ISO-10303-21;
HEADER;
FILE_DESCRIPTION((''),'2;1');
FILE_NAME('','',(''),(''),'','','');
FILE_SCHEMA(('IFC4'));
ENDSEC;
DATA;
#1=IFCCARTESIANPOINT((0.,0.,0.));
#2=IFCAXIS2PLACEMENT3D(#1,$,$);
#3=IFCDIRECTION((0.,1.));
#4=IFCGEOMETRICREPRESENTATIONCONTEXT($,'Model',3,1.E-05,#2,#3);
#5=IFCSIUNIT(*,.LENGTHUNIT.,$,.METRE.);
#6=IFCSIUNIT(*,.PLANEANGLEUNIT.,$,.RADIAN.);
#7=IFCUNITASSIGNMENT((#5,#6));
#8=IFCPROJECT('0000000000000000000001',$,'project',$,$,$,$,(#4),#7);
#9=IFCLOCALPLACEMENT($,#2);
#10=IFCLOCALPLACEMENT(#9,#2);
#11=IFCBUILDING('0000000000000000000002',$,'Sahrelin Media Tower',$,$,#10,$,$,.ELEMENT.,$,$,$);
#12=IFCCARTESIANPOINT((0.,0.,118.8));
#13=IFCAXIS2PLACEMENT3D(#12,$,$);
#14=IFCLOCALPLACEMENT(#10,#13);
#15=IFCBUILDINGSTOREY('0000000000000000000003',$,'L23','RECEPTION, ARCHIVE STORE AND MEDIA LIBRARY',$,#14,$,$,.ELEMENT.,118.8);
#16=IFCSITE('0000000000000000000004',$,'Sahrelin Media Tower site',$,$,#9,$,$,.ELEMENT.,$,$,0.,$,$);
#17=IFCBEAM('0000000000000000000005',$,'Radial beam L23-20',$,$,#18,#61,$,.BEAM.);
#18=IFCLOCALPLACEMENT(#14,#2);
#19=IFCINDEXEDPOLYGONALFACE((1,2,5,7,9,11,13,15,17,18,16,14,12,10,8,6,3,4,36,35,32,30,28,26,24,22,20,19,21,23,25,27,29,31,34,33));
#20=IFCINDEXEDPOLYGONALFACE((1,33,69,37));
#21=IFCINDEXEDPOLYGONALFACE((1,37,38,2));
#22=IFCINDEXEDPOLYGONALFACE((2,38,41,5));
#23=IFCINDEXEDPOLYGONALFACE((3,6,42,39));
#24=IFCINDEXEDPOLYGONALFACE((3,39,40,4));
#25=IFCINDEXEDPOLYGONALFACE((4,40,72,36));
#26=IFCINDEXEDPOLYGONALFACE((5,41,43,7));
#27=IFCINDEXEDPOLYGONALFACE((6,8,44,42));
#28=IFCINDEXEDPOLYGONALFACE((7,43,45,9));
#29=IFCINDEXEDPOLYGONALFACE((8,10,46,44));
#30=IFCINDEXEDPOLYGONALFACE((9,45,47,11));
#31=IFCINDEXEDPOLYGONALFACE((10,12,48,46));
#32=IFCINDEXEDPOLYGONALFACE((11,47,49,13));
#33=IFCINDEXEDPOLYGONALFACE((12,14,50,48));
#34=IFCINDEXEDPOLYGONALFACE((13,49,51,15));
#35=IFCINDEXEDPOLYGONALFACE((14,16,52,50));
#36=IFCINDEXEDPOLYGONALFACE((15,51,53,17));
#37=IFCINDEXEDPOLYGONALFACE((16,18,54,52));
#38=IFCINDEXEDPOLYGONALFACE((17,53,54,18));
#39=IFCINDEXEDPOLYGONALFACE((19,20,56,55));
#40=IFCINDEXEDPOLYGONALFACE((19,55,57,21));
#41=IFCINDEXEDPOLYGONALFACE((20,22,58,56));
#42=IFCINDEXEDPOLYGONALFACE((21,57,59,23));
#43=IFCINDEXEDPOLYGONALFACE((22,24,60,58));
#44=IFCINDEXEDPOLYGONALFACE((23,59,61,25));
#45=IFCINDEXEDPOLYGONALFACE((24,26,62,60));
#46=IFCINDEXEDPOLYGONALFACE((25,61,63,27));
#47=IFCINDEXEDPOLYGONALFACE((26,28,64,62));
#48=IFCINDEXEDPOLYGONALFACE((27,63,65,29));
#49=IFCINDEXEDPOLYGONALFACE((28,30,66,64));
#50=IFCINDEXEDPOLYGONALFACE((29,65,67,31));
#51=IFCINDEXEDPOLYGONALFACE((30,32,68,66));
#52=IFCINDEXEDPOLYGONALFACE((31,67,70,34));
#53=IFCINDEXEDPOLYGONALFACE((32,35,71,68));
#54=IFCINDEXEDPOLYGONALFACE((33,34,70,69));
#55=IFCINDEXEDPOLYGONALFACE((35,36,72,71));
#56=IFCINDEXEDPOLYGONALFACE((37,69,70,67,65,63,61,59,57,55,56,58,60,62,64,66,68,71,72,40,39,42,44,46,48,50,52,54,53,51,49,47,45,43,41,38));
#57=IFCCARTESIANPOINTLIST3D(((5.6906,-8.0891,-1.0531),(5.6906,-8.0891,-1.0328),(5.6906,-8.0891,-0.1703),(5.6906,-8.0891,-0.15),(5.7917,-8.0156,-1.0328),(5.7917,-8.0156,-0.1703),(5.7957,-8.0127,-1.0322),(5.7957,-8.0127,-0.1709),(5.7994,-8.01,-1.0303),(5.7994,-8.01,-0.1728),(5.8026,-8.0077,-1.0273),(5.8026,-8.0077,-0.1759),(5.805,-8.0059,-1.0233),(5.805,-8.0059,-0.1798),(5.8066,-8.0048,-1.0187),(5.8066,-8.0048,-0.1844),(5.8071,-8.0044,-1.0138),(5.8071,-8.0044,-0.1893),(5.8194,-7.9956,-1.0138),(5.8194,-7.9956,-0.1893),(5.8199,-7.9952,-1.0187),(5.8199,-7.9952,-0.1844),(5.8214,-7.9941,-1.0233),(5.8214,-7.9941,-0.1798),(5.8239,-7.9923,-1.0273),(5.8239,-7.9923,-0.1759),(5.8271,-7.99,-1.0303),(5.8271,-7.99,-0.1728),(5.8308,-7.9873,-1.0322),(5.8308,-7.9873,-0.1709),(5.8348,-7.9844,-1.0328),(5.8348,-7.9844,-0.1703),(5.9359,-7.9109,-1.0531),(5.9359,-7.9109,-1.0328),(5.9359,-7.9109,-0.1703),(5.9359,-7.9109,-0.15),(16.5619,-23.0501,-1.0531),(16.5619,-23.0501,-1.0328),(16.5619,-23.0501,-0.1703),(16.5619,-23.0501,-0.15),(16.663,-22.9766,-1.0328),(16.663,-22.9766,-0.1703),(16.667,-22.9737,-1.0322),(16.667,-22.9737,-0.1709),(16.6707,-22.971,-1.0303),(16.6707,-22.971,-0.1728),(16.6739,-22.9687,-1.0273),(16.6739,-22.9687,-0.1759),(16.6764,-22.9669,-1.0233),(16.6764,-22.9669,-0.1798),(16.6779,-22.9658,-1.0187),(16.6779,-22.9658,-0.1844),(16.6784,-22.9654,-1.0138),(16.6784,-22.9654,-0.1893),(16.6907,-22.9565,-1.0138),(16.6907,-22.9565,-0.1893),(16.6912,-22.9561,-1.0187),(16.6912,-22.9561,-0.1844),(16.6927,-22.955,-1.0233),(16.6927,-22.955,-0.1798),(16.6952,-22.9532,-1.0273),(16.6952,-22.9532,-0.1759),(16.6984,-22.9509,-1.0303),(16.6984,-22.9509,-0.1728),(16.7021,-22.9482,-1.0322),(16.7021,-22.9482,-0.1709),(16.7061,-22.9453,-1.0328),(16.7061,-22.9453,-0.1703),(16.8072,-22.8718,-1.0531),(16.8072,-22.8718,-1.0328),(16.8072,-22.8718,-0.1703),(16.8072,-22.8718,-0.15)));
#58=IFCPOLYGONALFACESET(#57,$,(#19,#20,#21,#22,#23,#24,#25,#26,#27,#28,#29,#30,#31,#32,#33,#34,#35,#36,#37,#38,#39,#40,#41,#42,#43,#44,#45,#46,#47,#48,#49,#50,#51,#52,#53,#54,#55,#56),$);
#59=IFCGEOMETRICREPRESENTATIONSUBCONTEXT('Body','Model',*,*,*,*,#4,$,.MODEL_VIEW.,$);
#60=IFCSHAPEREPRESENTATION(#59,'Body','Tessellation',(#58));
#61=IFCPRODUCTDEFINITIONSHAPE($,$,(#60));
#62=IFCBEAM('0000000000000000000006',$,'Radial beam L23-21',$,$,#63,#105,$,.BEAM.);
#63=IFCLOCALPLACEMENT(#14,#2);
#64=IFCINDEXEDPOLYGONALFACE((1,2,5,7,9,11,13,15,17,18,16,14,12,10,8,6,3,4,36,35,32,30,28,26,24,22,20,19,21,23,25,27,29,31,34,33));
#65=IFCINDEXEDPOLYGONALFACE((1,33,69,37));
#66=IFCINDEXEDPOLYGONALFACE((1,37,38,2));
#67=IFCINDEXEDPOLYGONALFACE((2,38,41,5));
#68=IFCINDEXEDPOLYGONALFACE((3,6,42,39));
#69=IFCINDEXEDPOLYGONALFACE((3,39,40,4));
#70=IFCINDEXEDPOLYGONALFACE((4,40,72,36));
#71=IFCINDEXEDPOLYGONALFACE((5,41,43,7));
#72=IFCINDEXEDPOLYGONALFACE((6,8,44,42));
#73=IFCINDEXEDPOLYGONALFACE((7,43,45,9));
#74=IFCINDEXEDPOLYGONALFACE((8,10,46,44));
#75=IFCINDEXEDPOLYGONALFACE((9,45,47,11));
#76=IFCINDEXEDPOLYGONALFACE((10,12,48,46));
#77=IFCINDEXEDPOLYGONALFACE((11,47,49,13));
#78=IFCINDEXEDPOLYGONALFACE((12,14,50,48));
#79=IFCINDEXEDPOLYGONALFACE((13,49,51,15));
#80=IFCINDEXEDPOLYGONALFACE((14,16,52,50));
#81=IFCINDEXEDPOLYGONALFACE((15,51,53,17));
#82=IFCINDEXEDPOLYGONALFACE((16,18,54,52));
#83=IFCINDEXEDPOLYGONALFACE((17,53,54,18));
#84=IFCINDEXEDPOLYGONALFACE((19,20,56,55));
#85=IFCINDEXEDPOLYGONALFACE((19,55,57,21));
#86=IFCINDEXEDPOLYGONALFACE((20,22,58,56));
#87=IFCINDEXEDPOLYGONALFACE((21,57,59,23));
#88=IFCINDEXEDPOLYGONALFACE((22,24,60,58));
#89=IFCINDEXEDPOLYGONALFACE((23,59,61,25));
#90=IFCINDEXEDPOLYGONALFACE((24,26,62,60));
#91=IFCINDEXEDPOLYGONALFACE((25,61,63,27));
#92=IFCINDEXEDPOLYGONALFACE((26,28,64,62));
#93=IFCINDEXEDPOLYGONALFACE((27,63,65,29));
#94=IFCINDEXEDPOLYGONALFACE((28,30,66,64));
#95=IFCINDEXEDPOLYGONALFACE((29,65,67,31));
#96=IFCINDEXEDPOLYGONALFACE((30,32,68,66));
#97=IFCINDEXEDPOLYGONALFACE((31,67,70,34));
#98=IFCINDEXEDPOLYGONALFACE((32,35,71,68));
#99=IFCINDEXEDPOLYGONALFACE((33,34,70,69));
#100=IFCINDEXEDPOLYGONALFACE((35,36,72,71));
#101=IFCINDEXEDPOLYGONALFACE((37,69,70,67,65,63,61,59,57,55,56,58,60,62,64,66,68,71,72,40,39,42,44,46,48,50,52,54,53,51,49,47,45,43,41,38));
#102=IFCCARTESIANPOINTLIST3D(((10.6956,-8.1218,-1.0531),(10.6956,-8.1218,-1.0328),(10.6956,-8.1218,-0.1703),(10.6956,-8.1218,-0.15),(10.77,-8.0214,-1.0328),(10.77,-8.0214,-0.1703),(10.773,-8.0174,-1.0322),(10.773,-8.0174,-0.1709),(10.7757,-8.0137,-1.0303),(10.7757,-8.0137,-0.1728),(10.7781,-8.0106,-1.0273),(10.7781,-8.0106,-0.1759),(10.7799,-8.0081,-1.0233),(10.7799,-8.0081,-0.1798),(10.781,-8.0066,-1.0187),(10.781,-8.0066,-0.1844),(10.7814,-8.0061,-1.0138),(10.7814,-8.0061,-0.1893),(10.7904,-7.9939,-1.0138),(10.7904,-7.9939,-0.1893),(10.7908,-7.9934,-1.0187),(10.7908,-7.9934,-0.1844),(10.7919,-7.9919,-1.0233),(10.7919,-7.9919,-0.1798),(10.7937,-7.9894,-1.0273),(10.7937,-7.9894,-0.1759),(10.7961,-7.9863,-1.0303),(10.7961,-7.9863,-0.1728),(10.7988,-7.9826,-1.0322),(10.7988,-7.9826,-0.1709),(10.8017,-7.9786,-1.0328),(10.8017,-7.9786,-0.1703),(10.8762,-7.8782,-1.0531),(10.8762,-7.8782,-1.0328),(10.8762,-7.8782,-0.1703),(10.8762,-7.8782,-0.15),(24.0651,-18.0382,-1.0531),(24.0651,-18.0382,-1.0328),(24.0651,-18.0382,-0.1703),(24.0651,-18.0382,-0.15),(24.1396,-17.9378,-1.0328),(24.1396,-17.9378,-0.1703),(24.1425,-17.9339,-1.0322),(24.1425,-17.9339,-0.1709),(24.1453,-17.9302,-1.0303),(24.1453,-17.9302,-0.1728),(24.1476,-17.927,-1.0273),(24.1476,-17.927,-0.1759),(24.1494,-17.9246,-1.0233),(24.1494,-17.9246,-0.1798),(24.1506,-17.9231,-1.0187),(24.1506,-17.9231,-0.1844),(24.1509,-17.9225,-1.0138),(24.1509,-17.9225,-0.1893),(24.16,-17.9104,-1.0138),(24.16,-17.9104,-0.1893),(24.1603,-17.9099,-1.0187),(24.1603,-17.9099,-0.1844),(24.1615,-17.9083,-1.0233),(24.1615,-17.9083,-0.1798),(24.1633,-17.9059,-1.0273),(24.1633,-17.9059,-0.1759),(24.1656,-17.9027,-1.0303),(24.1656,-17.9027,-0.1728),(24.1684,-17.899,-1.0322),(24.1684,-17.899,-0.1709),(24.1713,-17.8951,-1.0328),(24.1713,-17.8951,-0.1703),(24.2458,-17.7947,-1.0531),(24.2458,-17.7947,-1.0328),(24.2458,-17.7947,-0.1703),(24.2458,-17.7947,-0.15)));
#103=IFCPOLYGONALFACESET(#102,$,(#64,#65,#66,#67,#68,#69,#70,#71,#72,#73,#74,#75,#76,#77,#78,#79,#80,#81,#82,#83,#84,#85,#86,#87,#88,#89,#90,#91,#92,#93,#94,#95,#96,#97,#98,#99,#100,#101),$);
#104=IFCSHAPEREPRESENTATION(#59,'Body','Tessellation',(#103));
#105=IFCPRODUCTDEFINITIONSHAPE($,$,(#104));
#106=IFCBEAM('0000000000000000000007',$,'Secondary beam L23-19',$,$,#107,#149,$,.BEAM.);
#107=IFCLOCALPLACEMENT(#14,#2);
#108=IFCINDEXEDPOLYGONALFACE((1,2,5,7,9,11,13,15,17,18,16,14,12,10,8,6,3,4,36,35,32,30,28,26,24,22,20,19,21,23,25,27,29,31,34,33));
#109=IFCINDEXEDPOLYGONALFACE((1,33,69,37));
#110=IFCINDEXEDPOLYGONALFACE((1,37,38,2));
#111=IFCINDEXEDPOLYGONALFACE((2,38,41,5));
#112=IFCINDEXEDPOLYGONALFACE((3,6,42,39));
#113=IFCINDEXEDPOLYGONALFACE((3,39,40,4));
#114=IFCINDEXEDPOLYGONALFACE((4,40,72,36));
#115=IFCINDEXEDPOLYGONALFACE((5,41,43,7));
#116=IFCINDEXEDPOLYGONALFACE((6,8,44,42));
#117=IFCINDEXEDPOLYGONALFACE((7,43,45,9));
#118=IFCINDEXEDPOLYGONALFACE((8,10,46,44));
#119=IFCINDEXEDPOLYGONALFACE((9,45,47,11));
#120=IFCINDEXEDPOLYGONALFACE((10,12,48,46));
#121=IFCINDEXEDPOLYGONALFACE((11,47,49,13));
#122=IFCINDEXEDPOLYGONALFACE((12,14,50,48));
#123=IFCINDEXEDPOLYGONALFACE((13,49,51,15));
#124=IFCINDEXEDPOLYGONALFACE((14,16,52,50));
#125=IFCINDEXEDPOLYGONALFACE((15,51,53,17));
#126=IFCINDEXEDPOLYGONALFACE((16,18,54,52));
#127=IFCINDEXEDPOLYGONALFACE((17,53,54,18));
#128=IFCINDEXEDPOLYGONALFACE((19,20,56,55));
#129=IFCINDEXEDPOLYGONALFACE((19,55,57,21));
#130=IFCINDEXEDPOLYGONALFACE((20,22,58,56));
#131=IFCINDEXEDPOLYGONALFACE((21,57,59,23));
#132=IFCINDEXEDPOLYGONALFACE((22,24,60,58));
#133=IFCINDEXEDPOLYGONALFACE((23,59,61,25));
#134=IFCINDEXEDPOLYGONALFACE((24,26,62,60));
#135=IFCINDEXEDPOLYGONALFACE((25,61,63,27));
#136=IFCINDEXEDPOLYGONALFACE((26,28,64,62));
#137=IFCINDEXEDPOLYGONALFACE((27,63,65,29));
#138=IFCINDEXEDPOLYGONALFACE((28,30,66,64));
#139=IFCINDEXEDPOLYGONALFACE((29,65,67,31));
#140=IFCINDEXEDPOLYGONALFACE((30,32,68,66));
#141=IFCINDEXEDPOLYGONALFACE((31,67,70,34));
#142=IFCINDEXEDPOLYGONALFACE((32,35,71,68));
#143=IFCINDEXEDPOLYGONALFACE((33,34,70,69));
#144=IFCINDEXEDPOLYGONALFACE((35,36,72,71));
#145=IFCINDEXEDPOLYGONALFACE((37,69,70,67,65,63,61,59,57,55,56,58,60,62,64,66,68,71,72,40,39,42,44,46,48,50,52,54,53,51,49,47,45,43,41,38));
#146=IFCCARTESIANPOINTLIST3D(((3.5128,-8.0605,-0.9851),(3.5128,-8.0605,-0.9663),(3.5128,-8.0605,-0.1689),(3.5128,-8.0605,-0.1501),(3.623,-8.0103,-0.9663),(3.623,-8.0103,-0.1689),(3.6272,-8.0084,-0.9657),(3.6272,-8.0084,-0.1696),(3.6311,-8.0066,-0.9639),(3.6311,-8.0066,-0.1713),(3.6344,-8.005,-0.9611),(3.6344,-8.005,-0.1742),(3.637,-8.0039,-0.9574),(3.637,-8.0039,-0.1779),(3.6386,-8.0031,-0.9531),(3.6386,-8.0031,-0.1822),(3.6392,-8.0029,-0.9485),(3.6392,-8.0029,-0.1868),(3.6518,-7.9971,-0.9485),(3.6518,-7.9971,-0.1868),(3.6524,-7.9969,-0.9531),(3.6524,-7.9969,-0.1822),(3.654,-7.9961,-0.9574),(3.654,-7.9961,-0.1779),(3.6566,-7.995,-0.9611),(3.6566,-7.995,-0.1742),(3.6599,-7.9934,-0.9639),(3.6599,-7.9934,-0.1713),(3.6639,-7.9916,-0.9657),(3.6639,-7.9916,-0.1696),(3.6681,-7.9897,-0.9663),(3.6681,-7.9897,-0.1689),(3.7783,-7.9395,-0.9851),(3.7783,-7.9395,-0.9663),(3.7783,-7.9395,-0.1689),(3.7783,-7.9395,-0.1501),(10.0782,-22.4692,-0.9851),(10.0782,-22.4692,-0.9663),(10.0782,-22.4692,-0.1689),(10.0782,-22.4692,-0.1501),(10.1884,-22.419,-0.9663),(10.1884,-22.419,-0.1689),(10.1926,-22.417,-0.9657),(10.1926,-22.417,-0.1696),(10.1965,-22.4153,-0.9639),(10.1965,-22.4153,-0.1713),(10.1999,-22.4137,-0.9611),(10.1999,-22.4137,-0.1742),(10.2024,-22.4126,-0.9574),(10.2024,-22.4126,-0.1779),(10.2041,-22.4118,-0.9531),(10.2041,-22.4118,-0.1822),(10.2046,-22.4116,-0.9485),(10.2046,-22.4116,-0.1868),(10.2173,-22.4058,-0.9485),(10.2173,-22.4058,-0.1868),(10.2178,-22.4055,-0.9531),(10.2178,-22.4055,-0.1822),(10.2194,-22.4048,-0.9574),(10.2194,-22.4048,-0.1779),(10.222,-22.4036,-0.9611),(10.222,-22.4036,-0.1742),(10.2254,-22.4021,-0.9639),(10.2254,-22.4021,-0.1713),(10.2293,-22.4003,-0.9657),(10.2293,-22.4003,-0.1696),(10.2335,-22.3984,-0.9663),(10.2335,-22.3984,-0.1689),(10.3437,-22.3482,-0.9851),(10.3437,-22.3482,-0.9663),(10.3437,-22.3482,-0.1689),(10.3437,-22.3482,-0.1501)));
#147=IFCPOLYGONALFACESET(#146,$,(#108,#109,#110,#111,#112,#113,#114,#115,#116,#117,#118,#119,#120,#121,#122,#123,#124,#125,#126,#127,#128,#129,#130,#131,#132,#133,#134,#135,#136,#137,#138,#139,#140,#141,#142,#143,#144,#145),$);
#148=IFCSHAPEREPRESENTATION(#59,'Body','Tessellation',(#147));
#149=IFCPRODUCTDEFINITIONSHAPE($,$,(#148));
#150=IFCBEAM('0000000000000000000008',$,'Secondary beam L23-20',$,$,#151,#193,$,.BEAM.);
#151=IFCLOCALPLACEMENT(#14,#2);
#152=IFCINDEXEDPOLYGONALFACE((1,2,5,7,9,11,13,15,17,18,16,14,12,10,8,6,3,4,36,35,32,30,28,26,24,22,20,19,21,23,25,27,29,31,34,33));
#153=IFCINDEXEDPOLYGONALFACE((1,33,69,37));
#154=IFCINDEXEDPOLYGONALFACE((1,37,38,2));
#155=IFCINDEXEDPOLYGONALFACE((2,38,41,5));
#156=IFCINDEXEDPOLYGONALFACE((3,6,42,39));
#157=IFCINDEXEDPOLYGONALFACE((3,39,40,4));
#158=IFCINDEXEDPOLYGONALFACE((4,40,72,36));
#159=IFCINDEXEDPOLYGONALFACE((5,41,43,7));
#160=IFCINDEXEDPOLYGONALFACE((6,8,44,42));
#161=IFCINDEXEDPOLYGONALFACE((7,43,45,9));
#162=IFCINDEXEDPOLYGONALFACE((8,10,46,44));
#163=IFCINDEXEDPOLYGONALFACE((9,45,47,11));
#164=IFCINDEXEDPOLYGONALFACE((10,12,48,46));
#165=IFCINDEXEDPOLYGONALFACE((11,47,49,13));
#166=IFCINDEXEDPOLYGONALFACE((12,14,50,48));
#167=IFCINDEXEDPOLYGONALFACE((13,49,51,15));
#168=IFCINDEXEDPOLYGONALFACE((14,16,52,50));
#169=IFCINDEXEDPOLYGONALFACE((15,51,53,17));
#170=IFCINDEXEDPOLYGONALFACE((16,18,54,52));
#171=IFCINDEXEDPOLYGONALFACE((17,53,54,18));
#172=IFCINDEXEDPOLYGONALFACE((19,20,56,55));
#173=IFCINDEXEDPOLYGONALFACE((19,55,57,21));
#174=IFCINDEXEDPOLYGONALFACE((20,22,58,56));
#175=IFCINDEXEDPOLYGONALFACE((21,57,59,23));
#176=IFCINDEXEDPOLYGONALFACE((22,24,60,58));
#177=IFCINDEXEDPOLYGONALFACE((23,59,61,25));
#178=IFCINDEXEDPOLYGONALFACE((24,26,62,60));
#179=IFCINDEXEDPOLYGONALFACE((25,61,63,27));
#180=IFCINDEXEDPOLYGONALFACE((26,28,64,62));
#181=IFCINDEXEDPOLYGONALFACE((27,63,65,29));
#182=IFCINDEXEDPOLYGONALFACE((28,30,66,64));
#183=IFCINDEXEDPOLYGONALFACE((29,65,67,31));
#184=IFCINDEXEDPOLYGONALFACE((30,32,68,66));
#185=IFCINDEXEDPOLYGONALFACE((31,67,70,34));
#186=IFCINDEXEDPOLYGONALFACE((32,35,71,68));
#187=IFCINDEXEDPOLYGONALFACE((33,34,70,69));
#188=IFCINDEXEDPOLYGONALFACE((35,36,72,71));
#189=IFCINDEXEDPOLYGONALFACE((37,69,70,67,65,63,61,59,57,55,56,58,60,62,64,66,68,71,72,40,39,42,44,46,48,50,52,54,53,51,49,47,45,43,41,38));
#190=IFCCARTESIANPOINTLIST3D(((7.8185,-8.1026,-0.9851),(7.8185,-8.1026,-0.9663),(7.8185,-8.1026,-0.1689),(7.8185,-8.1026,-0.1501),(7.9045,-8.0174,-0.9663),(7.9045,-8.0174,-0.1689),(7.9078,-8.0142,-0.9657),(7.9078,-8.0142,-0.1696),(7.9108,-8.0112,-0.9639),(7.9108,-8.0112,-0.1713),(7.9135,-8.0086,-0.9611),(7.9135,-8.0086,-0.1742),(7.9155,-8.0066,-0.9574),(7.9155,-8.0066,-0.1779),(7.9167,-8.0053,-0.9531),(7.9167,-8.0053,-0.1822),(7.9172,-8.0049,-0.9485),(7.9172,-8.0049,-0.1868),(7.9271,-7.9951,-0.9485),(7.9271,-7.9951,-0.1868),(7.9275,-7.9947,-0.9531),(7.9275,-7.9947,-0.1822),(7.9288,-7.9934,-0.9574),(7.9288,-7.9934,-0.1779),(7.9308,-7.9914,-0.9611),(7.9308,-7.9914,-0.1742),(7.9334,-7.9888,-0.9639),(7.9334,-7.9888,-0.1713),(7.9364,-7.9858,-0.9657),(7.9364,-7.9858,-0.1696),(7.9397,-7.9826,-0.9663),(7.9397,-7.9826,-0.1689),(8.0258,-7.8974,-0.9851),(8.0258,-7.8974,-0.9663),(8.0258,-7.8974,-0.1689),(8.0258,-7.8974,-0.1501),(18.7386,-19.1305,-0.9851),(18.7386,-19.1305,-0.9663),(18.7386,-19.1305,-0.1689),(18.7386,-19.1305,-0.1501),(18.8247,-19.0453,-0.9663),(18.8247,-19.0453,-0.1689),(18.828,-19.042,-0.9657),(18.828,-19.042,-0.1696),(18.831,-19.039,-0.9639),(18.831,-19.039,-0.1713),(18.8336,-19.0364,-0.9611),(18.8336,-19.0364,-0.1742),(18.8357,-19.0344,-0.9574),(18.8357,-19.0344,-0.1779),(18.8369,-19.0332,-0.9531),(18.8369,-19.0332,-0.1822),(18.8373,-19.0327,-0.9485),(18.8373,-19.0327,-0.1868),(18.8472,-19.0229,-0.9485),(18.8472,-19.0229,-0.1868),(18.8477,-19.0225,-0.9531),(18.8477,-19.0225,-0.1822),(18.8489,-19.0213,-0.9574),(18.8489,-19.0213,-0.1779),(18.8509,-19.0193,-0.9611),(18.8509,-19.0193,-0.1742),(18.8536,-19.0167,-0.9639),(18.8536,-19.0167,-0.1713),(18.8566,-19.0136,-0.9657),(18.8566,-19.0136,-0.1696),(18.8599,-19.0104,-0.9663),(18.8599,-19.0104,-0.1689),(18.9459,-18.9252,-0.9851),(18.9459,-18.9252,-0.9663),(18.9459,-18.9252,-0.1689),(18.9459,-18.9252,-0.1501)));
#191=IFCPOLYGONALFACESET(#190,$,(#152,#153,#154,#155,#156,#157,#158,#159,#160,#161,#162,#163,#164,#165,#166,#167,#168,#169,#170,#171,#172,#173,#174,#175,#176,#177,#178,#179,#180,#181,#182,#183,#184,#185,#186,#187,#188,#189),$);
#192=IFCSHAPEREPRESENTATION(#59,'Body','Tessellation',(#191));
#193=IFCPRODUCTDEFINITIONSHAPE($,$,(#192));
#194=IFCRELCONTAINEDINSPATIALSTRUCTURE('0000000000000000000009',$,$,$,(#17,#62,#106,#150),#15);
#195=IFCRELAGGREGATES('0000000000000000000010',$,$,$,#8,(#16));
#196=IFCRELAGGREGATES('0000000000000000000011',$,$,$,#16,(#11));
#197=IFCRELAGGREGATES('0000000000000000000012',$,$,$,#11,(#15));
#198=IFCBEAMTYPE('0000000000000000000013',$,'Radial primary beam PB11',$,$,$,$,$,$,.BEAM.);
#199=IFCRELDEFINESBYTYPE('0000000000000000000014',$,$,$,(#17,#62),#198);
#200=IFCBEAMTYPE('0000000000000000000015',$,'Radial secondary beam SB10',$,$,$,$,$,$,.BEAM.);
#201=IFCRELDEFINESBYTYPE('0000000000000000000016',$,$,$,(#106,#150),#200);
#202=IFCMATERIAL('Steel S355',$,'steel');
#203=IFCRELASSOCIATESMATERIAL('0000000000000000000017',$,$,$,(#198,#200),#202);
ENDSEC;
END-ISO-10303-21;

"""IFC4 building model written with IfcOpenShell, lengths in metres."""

from ifc_helpers import new_model, si_unit, direction, frame, origin, origin_2d, place, context, subcontext, project, spatial, i_section, extrude, material, material_profile, profile_set, type_object, element, save


model = new_model("IFC4")

# Units and contexts
model_context = context("Model", 3, precision=1e-05, world=origin(), true_north=direction((0.0, 1.0)))
body_context = subcontext(model_context, "Body", "Model", "MODEL_VIEW")
ifc_project = project(units=[si_unit("LENGTHUNIT", "METRE"), si_unit("PLANEANGLEUNIT", "RADIAN")], contexts=[model_context])

# Site, building, storey
site_placement = place(None, origin())
site = spatial("IfcSite", under=ifc_project, at=site_placement, Name="Sahrelin Media Tower site", CompositionType="ELEMENT", RefElevation=0.0)
building_placement = place(site_placement, origin())
building = spatial("IfcBuilding", under=site, at=building_placement, Name="Sahrelin Media Tower", CompositionType="ELEMENT")
storey_placement = place(building_placement, frame((0.0, 0.0, 118.8)))
storey = spatial("IfcBuildingStorey", under=building, at=storey_placement, Name="L23", Description="RECEPTION, ARCHIVE STORE AND MEDIA LIBRARY", CompositionType="ELEMENT", Elevation=118.8)

# Shared definitions
ifc_material_1 = material(Name="Steel S355", Category="steel")

# Beams
ifc_material_profile_1 = material_profile(ifc_material_1, i_section(OverallWidth=0.3032, OverallDepth=0.9031, WebThickness=0.0151, FlangeThickness=0.0203, FilletRadius=0.019, at=origin_2d()), Name="UB 914x305x201")
ifc_profile_set_1 = profile_set([ifc_material_profile_1], Name="Steel S355")
beam_type_1 = type_object("IfcBeamType", Name="Radial primary beam PB11", PredefinedType="BEAM", material=ifc_profile_set_1)
beam_1_placement = place(storey_placement, frame((5.8132, -8.0, -0.6016), z_axis=(0.587841, -0.808976, 0.0), x_axis=(0.808976, 0.587841, 0.0)))
element("IfcBeam", 1, at=beam_1_placement, inside=storey, type_object=beam_type_1, Name="Radial beam L23-20", PredefinedType="BEAM", context=body_context, shape_type="SweptSolid", body=[
    extrude(i_section(OverallWidth=0.3032, OverallDepth=0.9031, WebThickness=0.0151, FlangeThickness=0.0203, FilletRadius=0.019, at=origin_2d()), origin(), (0.0, 0.0, 1.0), 18.4937),
])
beam_2_placement = place(storey_placement, frame((10.7859, -8.0, -0.6016), z_axis=(0.803181, -0.595735, 0.0), x_axis=(0.595735, 0.803181, 0.0)))
element("IfcBeam", 2, at=beam_2_placement, inside=storey, type_object=beam_type_1, Name="Radial beam L23-21", PredefinedType="BEAM", context=body_context, shape_type="SweptSolid", body=[
    extrude(i_section(OverallWidth=0.3032, OverallDepth=0.9031, WebThickness=0.0151, FlangeThickness=0.0203, FilletRadius=0.019, at=origin_2d()), origin(), (0.0, 0.0, 1.0), 16.6458),
])
ifc_material_profile_2 = material_profile(ifc_material_1, i_section(OverallWidth=0.2917, OverallDepth=0.835, WebThickness=0.0139, FlangeThickness=0.0188, FilletRadius=0.0178, at=origin_2d()), Name="UB 838x292x176")
ifc_profile_set_2 = profile_set([ifc_material_profile_2], Name="Steel S355")
beam_type_2 = type_object("IfcBeamType", Name="Radial secondary beam SB10", PredefinedType="BEAM", material=ifc_profile_set_2)
beam_3_placement = place(storey_placement, frame((3.6455, -8.0, -0.5676), z_axis=(0.414642, -0.909985, 0.0), x_axis=(0.909985, 0.414642, 0.0)))
element("IfcBeam", 3, at=beam_3_placement, inside=storey, type_object=beam_type_2, Name="Secondary beam L23-19", PredefinedType="BEAM", context=body_context, shape_type="SweptSolid", body=[
    extrude(i_section(OverallWidth=0.2917, OverallDepth=0.835, WebThickness=0.0139, FlangeThickness=0.0188, FilletRadius=0.0178, at=origin_2d()), origin(), (0.0, 0.0, 1.0), 15.834),
])
beam_4_placement = place(storey_placement, frame((7.9221, -8.0, -0.5676), z_axis=(0.70363, -0.710567, 0.0), x_axis=(0.710567, 0.70363, 0.0)))
element("IfcBeam", 4, at=beam_4_placement, inside=storey, type_object=beam_type_2, Name="Secondary beam L23-20", PredefinedType="BEAM", context=body_context, shape_type="SweptSolid", body=[
    extrude(i_section(OverallWidth=0.2917, OverallDepth=0.835, WebThickness=0.0139, FlangeThickness=0.0188, FilletRadius=0.0178, at=origin_2d()), origin(), (0.0, 0.0, 1.0), 15.5198),
])

save(model, "model.ifc")
